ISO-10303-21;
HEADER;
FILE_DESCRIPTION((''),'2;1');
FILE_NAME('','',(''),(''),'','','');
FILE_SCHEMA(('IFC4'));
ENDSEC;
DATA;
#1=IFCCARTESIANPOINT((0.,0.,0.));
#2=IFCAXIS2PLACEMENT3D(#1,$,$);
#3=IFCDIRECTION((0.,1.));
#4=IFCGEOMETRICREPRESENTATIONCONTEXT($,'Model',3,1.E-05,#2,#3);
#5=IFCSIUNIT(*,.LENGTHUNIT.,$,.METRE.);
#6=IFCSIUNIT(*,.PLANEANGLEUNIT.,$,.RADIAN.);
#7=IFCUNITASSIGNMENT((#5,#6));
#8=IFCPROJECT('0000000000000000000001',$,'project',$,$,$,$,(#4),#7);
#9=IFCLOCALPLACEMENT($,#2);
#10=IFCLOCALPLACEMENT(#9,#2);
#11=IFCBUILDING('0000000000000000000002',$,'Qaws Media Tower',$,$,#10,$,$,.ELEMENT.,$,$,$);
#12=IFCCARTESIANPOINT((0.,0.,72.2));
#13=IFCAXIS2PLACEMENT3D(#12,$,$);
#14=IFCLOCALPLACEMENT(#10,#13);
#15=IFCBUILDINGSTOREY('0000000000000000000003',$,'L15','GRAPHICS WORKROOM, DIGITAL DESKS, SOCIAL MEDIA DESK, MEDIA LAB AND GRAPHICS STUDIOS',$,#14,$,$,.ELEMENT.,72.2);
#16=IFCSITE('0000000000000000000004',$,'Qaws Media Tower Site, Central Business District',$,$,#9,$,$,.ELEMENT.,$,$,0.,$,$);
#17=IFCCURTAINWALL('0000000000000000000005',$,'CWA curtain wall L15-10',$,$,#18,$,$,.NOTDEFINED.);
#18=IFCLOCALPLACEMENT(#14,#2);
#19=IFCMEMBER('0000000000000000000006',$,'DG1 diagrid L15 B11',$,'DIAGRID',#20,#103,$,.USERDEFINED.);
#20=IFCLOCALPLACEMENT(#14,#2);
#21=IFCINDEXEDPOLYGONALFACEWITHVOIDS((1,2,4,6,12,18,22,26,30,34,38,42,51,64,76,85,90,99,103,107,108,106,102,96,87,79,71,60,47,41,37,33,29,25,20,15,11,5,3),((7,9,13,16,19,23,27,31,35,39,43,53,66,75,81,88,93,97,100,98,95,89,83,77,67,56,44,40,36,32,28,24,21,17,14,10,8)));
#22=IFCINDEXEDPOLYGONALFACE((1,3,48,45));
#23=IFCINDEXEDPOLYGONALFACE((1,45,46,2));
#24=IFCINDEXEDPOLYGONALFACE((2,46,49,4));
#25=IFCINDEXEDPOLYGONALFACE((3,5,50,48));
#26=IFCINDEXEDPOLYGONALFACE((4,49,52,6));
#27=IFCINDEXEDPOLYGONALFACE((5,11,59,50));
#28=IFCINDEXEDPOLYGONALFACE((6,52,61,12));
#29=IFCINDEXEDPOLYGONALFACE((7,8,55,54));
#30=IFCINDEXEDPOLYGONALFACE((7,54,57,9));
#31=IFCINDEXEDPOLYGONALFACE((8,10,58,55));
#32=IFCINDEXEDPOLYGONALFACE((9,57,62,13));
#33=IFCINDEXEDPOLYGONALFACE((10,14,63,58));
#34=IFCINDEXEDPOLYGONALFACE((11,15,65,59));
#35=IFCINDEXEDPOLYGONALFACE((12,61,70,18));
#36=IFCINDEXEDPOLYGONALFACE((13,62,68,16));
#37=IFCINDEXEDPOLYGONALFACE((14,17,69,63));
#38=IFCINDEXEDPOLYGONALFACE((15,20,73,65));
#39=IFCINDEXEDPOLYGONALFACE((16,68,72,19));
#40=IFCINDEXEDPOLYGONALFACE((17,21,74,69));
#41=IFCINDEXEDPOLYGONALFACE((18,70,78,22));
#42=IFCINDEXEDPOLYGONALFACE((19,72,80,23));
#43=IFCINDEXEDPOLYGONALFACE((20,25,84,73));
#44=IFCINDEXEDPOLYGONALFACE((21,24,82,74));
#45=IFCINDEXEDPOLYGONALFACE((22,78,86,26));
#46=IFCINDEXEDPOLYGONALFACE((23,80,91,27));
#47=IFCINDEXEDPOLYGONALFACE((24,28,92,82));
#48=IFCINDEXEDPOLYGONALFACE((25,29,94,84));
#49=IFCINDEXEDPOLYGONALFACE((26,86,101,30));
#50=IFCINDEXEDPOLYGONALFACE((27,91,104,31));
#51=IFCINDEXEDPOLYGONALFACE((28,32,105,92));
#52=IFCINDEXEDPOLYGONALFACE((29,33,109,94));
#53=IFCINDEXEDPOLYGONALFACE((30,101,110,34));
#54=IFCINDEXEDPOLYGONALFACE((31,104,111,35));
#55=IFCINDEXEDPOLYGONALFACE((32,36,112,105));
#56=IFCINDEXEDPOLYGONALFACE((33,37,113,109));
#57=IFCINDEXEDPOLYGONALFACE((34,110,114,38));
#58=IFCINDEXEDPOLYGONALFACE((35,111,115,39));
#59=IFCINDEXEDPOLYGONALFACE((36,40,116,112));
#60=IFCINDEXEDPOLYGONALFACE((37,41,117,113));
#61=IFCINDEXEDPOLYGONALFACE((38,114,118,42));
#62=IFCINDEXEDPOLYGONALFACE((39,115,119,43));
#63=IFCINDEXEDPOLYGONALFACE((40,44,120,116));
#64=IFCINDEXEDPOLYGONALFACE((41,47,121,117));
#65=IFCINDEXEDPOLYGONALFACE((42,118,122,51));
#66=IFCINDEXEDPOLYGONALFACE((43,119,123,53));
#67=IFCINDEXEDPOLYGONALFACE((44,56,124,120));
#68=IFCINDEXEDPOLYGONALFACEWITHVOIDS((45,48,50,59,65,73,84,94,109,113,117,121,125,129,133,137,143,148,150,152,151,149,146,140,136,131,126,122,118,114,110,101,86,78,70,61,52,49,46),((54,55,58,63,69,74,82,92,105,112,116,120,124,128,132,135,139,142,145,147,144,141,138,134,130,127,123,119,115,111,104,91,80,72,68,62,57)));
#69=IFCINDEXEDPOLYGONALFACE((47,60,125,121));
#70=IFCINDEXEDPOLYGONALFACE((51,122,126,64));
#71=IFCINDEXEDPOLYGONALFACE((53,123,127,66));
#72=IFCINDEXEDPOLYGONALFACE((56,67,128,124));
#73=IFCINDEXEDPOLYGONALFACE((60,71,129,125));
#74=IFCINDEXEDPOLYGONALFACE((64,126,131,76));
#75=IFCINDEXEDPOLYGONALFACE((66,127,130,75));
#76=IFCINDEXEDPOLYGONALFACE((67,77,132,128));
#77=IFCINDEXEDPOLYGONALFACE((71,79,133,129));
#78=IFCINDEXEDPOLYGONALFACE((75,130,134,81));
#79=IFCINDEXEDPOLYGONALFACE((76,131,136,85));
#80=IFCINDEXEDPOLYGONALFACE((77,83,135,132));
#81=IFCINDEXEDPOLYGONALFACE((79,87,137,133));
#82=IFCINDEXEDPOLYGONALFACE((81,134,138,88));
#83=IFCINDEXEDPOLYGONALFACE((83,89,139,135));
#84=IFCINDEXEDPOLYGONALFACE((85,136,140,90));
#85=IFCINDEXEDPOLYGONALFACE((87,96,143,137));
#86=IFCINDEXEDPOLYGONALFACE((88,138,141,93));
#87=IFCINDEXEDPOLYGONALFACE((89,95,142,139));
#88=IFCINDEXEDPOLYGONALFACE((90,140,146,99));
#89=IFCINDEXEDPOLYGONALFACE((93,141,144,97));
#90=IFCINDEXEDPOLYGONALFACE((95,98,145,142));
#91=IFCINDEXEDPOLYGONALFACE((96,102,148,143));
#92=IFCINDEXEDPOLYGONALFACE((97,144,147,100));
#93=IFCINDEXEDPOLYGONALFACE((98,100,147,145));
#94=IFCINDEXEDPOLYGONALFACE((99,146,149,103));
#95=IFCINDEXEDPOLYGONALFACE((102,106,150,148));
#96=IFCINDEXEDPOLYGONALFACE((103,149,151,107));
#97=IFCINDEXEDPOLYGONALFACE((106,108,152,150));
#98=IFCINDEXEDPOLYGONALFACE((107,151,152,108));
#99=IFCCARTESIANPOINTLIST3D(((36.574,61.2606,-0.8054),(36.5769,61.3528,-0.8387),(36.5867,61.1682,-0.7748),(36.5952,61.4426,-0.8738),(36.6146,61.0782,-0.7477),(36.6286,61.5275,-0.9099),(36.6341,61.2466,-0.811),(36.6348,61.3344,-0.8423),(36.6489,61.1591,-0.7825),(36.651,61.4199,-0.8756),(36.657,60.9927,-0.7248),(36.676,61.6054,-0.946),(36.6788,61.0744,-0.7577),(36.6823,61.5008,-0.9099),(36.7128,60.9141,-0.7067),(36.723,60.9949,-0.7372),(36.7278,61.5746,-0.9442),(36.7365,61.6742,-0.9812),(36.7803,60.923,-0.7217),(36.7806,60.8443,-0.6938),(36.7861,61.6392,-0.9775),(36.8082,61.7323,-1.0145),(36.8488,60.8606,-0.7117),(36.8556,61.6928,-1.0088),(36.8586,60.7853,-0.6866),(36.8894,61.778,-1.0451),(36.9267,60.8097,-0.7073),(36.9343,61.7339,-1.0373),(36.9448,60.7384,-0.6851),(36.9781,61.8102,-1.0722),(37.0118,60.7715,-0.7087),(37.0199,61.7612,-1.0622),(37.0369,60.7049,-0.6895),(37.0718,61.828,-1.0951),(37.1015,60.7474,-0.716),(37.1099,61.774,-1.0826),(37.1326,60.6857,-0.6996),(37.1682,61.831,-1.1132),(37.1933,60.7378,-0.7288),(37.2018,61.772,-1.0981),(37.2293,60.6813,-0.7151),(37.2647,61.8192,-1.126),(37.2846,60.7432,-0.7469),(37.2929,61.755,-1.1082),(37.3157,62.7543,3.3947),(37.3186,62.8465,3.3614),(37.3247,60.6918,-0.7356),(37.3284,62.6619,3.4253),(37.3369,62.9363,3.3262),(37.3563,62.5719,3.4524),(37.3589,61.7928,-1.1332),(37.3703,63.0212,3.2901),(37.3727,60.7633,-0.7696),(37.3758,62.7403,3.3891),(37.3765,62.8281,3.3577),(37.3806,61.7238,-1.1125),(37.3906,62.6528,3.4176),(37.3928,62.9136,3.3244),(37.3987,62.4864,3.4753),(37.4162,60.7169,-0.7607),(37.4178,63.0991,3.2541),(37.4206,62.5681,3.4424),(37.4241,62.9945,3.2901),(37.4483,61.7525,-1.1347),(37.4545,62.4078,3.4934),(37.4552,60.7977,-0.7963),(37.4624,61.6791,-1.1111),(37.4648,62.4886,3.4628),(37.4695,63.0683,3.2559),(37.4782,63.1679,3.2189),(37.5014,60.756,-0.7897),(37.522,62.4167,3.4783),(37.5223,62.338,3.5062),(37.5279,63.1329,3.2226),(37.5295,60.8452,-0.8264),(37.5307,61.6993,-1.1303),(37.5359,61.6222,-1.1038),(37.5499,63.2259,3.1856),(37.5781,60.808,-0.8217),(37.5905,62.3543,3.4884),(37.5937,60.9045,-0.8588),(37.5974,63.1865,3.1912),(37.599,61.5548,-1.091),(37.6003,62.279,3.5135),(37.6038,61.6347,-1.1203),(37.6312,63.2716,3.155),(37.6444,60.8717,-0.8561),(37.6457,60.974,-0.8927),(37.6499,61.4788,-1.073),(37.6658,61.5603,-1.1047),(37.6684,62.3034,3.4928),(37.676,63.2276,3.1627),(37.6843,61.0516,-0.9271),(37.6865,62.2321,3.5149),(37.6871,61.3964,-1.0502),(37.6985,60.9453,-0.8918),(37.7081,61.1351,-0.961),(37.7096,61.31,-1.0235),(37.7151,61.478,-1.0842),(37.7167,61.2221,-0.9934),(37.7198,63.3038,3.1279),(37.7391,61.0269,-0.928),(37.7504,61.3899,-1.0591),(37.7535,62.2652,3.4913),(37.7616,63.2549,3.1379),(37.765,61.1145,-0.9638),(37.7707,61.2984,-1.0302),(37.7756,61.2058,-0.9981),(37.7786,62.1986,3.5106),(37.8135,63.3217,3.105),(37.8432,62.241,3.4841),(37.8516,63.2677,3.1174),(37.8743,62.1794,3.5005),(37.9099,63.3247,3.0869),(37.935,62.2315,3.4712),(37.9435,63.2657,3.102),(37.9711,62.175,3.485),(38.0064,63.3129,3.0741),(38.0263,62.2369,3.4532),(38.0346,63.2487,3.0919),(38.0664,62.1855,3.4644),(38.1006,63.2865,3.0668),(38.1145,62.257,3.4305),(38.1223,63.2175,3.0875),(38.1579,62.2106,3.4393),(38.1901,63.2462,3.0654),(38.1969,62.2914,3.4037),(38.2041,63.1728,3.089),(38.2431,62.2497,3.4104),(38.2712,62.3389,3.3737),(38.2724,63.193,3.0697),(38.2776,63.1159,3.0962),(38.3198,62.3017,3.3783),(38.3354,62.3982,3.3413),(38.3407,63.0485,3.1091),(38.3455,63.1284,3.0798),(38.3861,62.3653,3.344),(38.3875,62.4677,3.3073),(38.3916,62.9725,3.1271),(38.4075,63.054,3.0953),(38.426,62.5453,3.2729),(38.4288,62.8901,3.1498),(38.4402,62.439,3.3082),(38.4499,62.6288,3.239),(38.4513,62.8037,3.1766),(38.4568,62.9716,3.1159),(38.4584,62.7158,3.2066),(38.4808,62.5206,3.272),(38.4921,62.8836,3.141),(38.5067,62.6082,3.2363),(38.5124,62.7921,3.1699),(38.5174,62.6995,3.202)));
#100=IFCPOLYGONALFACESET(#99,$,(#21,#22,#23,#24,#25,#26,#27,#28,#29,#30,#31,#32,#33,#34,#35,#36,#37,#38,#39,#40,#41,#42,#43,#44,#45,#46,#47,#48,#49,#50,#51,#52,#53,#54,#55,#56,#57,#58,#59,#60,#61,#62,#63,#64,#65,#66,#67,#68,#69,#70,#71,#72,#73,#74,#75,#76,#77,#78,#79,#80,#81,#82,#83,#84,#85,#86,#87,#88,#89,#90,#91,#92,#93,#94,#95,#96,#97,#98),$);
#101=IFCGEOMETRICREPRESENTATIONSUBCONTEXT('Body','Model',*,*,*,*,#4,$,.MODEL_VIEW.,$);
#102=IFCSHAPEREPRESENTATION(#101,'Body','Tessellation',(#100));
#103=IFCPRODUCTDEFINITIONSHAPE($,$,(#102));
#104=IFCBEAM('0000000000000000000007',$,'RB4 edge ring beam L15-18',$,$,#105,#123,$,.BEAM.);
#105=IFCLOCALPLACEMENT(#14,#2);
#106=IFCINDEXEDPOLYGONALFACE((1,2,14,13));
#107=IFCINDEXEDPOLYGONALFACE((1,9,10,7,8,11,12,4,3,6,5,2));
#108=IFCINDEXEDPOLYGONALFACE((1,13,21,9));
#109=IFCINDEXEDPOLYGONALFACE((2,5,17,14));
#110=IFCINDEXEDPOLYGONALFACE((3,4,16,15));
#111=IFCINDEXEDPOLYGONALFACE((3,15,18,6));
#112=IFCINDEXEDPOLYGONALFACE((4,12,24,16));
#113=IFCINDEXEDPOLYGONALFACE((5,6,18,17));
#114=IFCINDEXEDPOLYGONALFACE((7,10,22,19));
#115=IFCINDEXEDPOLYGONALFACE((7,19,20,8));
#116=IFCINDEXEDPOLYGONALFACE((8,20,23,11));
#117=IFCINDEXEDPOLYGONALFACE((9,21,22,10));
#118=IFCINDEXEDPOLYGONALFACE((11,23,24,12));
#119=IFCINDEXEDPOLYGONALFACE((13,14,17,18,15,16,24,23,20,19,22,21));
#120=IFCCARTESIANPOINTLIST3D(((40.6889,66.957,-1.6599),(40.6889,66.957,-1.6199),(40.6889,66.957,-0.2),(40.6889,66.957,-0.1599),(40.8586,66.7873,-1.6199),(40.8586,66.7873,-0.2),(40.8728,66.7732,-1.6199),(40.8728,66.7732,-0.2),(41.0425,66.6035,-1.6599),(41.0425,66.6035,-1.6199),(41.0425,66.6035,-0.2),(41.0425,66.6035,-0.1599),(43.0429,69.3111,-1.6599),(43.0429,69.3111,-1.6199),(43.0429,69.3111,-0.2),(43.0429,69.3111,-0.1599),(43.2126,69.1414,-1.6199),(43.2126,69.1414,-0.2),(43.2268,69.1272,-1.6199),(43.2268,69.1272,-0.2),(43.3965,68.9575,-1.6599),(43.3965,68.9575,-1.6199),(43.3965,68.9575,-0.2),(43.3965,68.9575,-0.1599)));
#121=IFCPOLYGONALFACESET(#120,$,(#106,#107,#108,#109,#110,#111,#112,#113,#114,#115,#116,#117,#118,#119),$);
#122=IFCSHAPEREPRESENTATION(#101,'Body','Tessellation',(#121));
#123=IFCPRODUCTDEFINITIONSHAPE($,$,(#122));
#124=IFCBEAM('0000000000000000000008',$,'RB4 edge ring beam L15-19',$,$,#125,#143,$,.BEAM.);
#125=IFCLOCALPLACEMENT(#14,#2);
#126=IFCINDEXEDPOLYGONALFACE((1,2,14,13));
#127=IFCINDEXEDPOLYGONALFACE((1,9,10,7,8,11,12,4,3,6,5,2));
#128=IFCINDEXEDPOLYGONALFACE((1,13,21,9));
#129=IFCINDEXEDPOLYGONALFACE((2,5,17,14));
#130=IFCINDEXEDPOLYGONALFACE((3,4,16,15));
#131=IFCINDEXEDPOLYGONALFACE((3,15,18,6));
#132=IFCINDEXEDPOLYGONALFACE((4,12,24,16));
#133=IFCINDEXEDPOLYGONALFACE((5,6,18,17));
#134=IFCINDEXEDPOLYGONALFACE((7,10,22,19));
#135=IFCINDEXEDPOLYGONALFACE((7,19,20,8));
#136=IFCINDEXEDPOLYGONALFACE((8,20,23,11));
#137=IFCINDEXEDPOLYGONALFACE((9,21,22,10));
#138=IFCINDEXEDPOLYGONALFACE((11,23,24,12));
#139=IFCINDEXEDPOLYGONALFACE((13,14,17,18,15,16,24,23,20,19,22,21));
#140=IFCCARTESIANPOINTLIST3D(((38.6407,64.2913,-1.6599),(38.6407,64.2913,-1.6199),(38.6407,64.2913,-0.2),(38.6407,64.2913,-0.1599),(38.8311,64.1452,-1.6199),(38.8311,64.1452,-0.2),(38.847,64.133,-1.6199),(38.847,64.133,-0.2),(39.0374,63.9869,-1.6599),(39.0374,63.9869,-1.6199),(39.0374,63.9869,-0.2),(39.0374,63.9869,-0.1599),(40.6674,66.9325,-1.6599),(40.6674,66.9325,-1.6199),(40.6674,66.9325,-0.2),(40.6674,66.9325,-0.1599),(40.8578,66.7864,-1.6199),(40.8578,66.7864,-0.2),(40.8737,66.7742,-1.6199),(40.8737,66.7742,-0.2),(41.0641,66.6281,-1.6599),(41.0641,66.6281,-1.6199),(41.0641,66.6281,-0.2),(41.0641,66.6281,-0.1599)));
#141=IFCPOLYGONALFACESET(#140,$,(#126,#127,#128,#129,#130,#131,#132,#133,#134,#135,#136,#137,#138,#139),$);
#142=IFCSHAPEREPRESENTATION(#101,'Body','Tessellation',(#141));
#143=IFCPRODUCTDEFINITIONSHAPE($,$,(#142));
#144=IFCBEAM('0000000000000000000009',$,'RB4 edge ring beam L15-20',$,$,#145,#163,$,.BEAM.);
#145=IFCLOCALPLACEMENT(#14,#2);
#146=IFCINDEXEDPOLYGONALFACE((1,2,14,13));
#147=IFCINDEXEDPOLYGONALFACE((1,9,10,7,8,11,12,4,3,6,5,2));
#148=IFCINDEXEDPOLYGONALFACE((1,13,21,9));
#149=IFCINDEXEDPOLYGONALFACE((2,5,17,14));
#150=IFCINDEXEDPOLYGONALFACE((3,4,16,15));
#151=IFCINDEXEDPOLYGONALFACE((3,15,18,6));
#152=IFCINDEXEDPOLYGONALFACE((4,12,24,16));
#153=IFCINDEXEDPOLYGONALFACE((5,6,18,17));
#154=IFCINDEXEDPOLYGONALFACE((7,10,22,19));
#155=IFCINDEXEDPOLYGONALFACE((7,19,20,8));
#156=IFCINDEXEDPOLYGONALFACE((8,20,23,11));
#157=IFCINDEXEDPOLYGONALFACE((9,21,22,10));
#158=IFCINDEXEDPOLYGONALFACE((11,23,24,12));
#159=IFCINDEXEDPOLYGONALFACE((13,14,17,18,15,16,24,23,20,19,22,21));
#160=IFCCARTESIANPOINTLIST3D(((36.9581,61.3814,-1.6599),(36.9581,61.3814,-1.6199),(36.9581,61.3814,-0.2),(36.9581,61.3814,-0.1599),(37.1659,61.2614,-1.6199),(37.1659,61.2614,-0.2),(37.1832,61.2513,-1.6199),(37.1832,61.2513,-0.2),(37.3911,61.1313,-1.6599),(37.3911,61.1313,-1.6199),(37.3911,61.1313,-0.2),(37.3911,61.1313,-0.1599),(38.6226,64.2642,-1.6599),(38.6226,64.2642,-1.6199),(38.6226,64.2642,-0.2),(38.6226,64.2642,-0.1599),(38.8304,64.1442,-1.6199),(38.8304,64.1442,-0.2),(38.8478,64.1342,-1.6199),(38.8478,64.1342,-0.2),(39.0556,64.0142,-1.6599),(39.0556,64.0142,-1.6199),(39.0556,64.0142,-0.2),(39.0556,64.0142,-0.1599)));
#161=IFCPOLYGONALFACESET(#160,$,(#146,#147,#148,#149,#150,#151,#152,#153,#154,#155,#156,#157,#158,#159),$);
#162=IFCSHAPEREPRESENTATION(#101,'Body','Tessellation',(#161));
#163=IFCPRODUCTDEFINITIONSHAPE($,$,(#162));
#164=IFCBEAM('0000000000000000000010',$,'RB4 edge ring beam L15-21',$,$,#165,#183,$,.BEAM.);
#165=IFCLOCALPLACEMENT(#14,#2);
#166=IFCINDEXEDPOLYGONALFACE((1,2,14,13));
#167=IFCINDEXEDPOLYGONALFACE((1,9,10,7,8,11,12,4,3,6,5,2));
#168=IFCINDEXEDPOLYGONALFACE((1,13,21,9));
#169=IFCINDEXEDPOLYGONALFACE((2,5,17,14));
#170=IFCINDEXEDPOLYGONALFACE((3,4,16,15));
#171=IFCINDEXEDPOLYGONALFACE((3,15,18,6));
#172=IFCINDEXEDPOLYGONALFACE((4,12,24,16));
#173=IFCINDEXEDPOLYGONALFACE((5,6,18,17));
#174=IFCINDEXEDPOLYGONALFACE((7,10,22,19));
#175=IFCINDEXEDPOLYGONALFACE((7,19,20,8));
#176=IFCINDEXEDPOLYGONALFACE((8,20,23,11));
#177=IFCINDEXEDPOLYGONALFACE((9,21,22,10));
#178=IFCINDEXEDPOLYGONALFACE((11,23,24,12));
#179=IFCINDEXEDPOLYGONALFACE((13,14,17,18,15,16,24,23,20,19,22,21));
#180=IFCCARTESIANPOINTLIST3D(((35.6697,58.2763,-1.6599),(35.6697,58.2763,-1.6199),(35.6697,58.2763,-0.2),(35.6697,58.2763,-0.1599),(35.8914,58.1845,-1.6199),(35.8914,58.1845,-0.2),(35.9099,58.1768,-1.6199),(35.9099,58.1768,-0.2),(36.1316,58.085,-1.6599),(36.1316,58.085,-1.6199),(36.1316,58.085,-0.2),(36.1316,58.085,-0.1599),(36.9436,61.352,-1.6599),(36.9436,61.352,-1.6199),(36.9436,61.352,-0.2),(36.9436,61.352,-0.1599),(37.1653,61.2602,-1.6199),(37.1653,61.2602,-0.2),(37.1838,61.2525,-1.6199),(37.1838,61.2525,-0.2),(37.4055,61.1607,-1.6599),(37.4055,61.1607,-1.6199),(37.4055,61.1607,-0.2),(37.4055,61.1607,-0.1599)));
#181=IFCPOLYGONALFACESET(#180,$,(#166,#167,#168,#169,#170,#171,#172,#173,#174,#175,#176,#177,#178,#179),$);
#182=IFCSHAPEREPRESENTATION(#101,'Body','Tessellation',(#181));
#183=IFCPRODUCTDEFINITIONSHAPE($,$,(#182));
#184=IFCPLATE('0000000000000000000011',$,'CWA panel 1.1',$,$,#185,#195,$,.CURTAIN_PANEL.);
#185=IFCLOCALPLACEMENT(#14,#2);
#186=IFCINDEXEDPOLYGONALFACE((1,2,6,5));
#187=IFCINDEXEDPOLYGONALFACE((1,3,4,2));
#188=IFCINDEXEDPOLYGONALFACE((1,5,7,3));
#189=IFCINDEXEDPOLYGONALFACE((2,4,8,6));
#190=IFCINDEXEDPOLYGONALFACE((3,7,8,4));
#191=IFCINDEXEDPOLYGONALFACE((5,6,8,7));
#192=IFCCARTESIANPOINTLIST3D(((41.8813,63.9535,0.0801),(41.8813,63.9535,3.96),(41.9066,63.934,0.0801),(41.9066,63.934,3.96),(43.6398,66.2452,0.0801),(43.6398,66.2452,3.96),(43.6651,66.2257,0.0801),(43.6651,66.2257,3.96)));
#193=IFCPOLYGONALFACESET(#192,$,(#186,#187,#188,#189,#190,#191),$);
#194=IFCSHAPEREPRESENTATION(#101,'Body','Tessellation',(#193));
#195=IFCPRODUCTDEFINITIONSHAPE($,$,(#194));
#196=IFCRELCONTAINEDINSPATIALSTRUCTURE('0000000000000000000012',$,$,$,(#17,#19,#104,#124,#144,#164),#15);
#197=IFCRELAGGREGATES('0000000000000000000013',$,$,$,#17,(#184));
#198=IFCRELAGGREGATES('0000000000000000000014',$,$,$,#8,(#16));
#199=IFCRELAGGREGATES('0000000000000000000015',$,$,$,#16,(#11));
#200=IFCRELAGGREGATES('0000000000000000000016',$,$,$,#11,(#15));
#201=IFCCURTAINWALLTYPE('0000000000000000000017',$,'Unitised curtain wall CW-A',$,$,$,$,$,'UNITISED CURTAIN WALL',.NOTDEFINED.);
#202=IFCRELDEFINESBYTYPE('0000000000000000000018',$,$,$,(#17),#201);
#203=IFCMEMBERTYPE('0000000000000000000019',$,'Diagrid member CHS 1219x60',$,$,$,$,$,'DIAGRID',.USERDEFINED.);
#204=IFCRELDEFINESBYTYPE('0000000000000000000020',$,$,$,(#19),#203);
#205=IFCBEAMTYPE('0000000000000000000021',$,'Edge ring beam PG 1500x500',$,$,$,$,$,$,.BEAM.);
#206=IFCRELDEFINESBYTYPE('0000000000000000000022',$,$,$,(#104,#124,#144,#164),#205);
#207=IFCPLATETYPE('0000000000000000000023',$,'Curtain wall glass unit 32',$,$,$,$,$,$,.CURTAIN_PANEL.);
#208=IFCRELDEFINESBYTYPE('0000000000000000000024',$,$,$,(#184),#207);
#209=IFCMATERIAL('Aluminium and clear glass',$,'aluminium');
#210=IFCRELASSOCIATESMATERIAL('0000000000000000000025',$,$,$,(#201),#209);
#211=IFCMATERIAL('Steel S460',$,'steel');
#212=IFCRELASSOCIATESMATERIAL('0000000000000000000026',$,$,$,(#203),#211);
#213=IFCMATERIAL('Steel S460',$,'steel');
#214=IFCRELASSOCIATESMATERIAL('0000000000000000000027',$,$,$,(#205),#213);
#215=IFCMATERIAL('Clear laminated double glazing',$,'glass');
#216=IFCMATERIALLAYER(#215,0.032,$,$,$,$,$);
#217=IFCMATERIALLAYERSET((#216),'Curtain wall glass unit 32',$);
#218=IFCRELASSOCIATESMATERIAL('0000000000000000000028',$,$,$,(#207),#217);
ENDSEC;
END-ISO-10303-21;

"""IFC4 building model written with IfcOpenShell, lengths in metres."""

from ifc_helpers import new_model, si_unit, direction, frame, origin, origin_2d, place, context, subcontext, project, spatial, rectangle, hollow_circle, i_section, extrude, material, layer, layer_set, material_profile, profile_set, type_object, element, aggregate, save


model = new_model("IFC4")

# Units and contexts
model_context = context("Model", 3, precision=1e-05, world=origin(), true_north=direction((0.0, 1.0)))
body_context = subcontext(model_context, "Body", "Model", "MODEL_VIEW")
ifc_project = project(units=[si_unit("LENGTHUNIT", "METRE"), si_unit("PLANEANGLEUNIT", "RADIAN")], contexts=[model_context])

# Site, building, storey
site_placement = place(None, origin())
site = spatial("IfcSite", under=ifc_project, at=site_placement, Name="Qaws Media Tower Site, Central Business District", CompositionType="ELEMENT", RefElevation=0.0)
building_placement = place(site_placement, origin())
building = spatial("IfcBuilding", under=site, at=building_placement, Name="Qaws Media Tower", CompositionType="ELEMENT")
storey_placement = place(building_placement, frame((0.0, 0.0, 72.2)))
storey = spatial("IfcBuildingStorey", under=building, at=storey_placement, Name="L15", Description="GRAPHICS WORKROOM, DIGITAL DESKS, SOCIAL MEDIA DESK, MEDIA LAB AND GRAPHICS STUDIOS", CompositionType="ELEMENT", Elevation=72.2)

# Shared definitions
ifc_material_1 = material(Name="Aluminium and clear glass", Category="aluminium")
curtain_wall_type_1 = type_object("IfcCurtainWallType", Name="Unitised curtain wall CW-A", ElementType="UNITISED CURTAIN WALL", PredefinedType="NOTDEFINED", material=ifc_material_1)

# Curtain wall
curtain_wall_1_placement = place(storey_placement, origin())
curtain_wall_1 = element("IfcCurtainWall", 1, at=curtain_wall_1_placement, inside=storey, type_object=curtain_wall_type_1, Name="CWA curtain wall L15-10", PredefinedType="NOTDEFINED")

# Member
ifc_material_2 = material(Name="Steel S460", Category="steel")
ifc_material_profile_1 = material_profile(ifc_material_2, hollow_circle(Radius=0.6096, WallThickness=0.0601, at=origin_2d()), Name="CHS 1219x60")
ifc_profile_set_1 = profile_set([ifc_material_profile_1], Name="Steel S460")
member_type_1 = type_object("IfcMemberType", Name="Diagrid member CHS 1219x60", ElementType="DIAGRID", PredefinedType="USERDEFINED", material=ifc_profile_set_1)
for number, where, z_axis, x_axis, name in (
    (2, (37.1746, 61.2563, -0.9099), (0.164132, 0.330532, 0.929413), (-0.895654, 0.444752, 0.0), "DG1 diagrid L15 B11"),
):
    element("IfcMember", number, at=place(storey_placement, frame(where, z_axis=z_axis, x_axis=x_axis)), inside=storey, type_object=member_type_1, Name=name, ObjectType="DIAGRID", PredefinedType="USERDEFINED", context=body_context, shape_type="SweptSolid", body=[
        extrude(hollow_circle(Radius=0.6096, WallThickness=0.0601, at=origin_2d()), origin(), (0.0, 0.0, 1.0), 4.519),
    ])

# Beams
ifc_material_3 = material(Name="Steel S460", Category="steel")
ifc_material_profile_2 = material_profile(ifc_material_3, i_section(OverallWidth=0.5, OverallDepth=1.5, WebThickness=0.02, FlangeThickness=0.04, at=origin_2d()), Name="PG 1500x500")
ifc_profile_set_2 = profile_set([ifc_material_profile_2], Name="Steel S460")
beam_type = type_object("IfcBeamType", Name="Edge ring beam PG 1500x500", PredefinedType="BEAM", material=ifc_profile_set_2)
for number, where, z_axis, x_axis, name in (
    (3, (43.2197, 69.1343, -0.9099), (-0.707107, -0.707107, 0.0), (0.707107, -0.707107, 0.0), "RB4 edge ring beam L15-18"),
    (4, (40.8657, 66.7803, -0.9099), (-0.608764, -0.793351, 0.0), (0.793351, -0.608764, 0.0), "RB4 edge ring beam L15-19"),
):
    element("IfcBeam", number, at=place(storey_placement, frame(where, z_axis=z_axis, x_axis=x_axis)), inside=storey, type_object=beam_type, Name=name, PredefinedType="BEAM", context=body_context, shape_type="SweptSolid", body=[
        extrude(i_section(OverallWidth=0.5, OverallDepth=1.5, WebThickness=0.02, FlangeThickness=0.04, at=origin_2d()), origin(), (0.0, 0.0, 1.0), 3.3291),
    ])
beam_1_placement = place(storey_placement, frame((38.8391, 64.1392, -0.9099), z_axis=(-0.500036, -0.866005, 0.0), x_axis=(0.866005, -0.500036, 0.0)))
element("IfcBeam", 5, at=beam_1_placement, inside=storey, type_object=beam_type, Name="RB4 edge ring beam L15-20", PredefinedType="BEAM", context=body_context, shape_type="SweptSolid", body=[
    extrude(i_section(OverallWidth=0.5, OverallDepth=1.5, WebThickness=0.02, FlangeThickness=0.04, at=origin_2d()), origin(), (0.0, 0.0, 1.0), 3.3289),
])
beam_2_placement = place(storey_placement, frame((37.1746, 61.2563, -0.9099), z_axis=(-0.382667, -0.923886, 0.0), x_axis=(0.923886, -0.382667, 0.0)))
element("IfcBeam", 6, at=beam_2_placement, inside=storey, type_object=beam_type, Name="RB4 edge ring beam L15-21", PredefinedType="BEAM", context=body_context, shape_type="SweptSolid", body=[
    extrude(i_section(OverallWidth=0.5, OverallDepth=1.5, WebThickness=0.02, FlangeThickness=0.04, at=origin_2d()), origin(), (0.0, 0.0, 1.0), 3.3291),
])

# Plate
ifc_material_4 = material(Name="Clear laminated double glazing", Category="glass")
ifc_layer_1 = layer(ifc_material_4, 0.032)
ifc_layer_set_1 = layer_set([ifc_layer_1], Name="Curtain wall glass unit 32")
plate_type_1 = type_object("IfcPlateType", Name="Curtain wall glass unit 32", PredefinedType="CURTAIN_PANEL", material=ifc_layer_set_1)
plate_1_placement = place(storey_placement, frame((42.7732, 65.0896, 0.0801), z_axis=(0.0, 0.0, 1.0), x_axis=(-0.608762, -0.793353, 0.0)))
plate_1 = element("IfcPlate", 7, at=plate_1_placement, type_object=plate_type_1, Name="CWA panel 1.1", PredefinedType="CURTAIN_PANEL", context=body_context, shape_type="SweptSolid", body=[
    extrude(rectangle(XDim=2.8887, YDim=0.032, at=origin_2d()), origin(), (0.0, 0.0, 1.0), 3.8799),
])
aggregate(curtain_wall_1, [plate_1])

save(model, "model.ifc")
